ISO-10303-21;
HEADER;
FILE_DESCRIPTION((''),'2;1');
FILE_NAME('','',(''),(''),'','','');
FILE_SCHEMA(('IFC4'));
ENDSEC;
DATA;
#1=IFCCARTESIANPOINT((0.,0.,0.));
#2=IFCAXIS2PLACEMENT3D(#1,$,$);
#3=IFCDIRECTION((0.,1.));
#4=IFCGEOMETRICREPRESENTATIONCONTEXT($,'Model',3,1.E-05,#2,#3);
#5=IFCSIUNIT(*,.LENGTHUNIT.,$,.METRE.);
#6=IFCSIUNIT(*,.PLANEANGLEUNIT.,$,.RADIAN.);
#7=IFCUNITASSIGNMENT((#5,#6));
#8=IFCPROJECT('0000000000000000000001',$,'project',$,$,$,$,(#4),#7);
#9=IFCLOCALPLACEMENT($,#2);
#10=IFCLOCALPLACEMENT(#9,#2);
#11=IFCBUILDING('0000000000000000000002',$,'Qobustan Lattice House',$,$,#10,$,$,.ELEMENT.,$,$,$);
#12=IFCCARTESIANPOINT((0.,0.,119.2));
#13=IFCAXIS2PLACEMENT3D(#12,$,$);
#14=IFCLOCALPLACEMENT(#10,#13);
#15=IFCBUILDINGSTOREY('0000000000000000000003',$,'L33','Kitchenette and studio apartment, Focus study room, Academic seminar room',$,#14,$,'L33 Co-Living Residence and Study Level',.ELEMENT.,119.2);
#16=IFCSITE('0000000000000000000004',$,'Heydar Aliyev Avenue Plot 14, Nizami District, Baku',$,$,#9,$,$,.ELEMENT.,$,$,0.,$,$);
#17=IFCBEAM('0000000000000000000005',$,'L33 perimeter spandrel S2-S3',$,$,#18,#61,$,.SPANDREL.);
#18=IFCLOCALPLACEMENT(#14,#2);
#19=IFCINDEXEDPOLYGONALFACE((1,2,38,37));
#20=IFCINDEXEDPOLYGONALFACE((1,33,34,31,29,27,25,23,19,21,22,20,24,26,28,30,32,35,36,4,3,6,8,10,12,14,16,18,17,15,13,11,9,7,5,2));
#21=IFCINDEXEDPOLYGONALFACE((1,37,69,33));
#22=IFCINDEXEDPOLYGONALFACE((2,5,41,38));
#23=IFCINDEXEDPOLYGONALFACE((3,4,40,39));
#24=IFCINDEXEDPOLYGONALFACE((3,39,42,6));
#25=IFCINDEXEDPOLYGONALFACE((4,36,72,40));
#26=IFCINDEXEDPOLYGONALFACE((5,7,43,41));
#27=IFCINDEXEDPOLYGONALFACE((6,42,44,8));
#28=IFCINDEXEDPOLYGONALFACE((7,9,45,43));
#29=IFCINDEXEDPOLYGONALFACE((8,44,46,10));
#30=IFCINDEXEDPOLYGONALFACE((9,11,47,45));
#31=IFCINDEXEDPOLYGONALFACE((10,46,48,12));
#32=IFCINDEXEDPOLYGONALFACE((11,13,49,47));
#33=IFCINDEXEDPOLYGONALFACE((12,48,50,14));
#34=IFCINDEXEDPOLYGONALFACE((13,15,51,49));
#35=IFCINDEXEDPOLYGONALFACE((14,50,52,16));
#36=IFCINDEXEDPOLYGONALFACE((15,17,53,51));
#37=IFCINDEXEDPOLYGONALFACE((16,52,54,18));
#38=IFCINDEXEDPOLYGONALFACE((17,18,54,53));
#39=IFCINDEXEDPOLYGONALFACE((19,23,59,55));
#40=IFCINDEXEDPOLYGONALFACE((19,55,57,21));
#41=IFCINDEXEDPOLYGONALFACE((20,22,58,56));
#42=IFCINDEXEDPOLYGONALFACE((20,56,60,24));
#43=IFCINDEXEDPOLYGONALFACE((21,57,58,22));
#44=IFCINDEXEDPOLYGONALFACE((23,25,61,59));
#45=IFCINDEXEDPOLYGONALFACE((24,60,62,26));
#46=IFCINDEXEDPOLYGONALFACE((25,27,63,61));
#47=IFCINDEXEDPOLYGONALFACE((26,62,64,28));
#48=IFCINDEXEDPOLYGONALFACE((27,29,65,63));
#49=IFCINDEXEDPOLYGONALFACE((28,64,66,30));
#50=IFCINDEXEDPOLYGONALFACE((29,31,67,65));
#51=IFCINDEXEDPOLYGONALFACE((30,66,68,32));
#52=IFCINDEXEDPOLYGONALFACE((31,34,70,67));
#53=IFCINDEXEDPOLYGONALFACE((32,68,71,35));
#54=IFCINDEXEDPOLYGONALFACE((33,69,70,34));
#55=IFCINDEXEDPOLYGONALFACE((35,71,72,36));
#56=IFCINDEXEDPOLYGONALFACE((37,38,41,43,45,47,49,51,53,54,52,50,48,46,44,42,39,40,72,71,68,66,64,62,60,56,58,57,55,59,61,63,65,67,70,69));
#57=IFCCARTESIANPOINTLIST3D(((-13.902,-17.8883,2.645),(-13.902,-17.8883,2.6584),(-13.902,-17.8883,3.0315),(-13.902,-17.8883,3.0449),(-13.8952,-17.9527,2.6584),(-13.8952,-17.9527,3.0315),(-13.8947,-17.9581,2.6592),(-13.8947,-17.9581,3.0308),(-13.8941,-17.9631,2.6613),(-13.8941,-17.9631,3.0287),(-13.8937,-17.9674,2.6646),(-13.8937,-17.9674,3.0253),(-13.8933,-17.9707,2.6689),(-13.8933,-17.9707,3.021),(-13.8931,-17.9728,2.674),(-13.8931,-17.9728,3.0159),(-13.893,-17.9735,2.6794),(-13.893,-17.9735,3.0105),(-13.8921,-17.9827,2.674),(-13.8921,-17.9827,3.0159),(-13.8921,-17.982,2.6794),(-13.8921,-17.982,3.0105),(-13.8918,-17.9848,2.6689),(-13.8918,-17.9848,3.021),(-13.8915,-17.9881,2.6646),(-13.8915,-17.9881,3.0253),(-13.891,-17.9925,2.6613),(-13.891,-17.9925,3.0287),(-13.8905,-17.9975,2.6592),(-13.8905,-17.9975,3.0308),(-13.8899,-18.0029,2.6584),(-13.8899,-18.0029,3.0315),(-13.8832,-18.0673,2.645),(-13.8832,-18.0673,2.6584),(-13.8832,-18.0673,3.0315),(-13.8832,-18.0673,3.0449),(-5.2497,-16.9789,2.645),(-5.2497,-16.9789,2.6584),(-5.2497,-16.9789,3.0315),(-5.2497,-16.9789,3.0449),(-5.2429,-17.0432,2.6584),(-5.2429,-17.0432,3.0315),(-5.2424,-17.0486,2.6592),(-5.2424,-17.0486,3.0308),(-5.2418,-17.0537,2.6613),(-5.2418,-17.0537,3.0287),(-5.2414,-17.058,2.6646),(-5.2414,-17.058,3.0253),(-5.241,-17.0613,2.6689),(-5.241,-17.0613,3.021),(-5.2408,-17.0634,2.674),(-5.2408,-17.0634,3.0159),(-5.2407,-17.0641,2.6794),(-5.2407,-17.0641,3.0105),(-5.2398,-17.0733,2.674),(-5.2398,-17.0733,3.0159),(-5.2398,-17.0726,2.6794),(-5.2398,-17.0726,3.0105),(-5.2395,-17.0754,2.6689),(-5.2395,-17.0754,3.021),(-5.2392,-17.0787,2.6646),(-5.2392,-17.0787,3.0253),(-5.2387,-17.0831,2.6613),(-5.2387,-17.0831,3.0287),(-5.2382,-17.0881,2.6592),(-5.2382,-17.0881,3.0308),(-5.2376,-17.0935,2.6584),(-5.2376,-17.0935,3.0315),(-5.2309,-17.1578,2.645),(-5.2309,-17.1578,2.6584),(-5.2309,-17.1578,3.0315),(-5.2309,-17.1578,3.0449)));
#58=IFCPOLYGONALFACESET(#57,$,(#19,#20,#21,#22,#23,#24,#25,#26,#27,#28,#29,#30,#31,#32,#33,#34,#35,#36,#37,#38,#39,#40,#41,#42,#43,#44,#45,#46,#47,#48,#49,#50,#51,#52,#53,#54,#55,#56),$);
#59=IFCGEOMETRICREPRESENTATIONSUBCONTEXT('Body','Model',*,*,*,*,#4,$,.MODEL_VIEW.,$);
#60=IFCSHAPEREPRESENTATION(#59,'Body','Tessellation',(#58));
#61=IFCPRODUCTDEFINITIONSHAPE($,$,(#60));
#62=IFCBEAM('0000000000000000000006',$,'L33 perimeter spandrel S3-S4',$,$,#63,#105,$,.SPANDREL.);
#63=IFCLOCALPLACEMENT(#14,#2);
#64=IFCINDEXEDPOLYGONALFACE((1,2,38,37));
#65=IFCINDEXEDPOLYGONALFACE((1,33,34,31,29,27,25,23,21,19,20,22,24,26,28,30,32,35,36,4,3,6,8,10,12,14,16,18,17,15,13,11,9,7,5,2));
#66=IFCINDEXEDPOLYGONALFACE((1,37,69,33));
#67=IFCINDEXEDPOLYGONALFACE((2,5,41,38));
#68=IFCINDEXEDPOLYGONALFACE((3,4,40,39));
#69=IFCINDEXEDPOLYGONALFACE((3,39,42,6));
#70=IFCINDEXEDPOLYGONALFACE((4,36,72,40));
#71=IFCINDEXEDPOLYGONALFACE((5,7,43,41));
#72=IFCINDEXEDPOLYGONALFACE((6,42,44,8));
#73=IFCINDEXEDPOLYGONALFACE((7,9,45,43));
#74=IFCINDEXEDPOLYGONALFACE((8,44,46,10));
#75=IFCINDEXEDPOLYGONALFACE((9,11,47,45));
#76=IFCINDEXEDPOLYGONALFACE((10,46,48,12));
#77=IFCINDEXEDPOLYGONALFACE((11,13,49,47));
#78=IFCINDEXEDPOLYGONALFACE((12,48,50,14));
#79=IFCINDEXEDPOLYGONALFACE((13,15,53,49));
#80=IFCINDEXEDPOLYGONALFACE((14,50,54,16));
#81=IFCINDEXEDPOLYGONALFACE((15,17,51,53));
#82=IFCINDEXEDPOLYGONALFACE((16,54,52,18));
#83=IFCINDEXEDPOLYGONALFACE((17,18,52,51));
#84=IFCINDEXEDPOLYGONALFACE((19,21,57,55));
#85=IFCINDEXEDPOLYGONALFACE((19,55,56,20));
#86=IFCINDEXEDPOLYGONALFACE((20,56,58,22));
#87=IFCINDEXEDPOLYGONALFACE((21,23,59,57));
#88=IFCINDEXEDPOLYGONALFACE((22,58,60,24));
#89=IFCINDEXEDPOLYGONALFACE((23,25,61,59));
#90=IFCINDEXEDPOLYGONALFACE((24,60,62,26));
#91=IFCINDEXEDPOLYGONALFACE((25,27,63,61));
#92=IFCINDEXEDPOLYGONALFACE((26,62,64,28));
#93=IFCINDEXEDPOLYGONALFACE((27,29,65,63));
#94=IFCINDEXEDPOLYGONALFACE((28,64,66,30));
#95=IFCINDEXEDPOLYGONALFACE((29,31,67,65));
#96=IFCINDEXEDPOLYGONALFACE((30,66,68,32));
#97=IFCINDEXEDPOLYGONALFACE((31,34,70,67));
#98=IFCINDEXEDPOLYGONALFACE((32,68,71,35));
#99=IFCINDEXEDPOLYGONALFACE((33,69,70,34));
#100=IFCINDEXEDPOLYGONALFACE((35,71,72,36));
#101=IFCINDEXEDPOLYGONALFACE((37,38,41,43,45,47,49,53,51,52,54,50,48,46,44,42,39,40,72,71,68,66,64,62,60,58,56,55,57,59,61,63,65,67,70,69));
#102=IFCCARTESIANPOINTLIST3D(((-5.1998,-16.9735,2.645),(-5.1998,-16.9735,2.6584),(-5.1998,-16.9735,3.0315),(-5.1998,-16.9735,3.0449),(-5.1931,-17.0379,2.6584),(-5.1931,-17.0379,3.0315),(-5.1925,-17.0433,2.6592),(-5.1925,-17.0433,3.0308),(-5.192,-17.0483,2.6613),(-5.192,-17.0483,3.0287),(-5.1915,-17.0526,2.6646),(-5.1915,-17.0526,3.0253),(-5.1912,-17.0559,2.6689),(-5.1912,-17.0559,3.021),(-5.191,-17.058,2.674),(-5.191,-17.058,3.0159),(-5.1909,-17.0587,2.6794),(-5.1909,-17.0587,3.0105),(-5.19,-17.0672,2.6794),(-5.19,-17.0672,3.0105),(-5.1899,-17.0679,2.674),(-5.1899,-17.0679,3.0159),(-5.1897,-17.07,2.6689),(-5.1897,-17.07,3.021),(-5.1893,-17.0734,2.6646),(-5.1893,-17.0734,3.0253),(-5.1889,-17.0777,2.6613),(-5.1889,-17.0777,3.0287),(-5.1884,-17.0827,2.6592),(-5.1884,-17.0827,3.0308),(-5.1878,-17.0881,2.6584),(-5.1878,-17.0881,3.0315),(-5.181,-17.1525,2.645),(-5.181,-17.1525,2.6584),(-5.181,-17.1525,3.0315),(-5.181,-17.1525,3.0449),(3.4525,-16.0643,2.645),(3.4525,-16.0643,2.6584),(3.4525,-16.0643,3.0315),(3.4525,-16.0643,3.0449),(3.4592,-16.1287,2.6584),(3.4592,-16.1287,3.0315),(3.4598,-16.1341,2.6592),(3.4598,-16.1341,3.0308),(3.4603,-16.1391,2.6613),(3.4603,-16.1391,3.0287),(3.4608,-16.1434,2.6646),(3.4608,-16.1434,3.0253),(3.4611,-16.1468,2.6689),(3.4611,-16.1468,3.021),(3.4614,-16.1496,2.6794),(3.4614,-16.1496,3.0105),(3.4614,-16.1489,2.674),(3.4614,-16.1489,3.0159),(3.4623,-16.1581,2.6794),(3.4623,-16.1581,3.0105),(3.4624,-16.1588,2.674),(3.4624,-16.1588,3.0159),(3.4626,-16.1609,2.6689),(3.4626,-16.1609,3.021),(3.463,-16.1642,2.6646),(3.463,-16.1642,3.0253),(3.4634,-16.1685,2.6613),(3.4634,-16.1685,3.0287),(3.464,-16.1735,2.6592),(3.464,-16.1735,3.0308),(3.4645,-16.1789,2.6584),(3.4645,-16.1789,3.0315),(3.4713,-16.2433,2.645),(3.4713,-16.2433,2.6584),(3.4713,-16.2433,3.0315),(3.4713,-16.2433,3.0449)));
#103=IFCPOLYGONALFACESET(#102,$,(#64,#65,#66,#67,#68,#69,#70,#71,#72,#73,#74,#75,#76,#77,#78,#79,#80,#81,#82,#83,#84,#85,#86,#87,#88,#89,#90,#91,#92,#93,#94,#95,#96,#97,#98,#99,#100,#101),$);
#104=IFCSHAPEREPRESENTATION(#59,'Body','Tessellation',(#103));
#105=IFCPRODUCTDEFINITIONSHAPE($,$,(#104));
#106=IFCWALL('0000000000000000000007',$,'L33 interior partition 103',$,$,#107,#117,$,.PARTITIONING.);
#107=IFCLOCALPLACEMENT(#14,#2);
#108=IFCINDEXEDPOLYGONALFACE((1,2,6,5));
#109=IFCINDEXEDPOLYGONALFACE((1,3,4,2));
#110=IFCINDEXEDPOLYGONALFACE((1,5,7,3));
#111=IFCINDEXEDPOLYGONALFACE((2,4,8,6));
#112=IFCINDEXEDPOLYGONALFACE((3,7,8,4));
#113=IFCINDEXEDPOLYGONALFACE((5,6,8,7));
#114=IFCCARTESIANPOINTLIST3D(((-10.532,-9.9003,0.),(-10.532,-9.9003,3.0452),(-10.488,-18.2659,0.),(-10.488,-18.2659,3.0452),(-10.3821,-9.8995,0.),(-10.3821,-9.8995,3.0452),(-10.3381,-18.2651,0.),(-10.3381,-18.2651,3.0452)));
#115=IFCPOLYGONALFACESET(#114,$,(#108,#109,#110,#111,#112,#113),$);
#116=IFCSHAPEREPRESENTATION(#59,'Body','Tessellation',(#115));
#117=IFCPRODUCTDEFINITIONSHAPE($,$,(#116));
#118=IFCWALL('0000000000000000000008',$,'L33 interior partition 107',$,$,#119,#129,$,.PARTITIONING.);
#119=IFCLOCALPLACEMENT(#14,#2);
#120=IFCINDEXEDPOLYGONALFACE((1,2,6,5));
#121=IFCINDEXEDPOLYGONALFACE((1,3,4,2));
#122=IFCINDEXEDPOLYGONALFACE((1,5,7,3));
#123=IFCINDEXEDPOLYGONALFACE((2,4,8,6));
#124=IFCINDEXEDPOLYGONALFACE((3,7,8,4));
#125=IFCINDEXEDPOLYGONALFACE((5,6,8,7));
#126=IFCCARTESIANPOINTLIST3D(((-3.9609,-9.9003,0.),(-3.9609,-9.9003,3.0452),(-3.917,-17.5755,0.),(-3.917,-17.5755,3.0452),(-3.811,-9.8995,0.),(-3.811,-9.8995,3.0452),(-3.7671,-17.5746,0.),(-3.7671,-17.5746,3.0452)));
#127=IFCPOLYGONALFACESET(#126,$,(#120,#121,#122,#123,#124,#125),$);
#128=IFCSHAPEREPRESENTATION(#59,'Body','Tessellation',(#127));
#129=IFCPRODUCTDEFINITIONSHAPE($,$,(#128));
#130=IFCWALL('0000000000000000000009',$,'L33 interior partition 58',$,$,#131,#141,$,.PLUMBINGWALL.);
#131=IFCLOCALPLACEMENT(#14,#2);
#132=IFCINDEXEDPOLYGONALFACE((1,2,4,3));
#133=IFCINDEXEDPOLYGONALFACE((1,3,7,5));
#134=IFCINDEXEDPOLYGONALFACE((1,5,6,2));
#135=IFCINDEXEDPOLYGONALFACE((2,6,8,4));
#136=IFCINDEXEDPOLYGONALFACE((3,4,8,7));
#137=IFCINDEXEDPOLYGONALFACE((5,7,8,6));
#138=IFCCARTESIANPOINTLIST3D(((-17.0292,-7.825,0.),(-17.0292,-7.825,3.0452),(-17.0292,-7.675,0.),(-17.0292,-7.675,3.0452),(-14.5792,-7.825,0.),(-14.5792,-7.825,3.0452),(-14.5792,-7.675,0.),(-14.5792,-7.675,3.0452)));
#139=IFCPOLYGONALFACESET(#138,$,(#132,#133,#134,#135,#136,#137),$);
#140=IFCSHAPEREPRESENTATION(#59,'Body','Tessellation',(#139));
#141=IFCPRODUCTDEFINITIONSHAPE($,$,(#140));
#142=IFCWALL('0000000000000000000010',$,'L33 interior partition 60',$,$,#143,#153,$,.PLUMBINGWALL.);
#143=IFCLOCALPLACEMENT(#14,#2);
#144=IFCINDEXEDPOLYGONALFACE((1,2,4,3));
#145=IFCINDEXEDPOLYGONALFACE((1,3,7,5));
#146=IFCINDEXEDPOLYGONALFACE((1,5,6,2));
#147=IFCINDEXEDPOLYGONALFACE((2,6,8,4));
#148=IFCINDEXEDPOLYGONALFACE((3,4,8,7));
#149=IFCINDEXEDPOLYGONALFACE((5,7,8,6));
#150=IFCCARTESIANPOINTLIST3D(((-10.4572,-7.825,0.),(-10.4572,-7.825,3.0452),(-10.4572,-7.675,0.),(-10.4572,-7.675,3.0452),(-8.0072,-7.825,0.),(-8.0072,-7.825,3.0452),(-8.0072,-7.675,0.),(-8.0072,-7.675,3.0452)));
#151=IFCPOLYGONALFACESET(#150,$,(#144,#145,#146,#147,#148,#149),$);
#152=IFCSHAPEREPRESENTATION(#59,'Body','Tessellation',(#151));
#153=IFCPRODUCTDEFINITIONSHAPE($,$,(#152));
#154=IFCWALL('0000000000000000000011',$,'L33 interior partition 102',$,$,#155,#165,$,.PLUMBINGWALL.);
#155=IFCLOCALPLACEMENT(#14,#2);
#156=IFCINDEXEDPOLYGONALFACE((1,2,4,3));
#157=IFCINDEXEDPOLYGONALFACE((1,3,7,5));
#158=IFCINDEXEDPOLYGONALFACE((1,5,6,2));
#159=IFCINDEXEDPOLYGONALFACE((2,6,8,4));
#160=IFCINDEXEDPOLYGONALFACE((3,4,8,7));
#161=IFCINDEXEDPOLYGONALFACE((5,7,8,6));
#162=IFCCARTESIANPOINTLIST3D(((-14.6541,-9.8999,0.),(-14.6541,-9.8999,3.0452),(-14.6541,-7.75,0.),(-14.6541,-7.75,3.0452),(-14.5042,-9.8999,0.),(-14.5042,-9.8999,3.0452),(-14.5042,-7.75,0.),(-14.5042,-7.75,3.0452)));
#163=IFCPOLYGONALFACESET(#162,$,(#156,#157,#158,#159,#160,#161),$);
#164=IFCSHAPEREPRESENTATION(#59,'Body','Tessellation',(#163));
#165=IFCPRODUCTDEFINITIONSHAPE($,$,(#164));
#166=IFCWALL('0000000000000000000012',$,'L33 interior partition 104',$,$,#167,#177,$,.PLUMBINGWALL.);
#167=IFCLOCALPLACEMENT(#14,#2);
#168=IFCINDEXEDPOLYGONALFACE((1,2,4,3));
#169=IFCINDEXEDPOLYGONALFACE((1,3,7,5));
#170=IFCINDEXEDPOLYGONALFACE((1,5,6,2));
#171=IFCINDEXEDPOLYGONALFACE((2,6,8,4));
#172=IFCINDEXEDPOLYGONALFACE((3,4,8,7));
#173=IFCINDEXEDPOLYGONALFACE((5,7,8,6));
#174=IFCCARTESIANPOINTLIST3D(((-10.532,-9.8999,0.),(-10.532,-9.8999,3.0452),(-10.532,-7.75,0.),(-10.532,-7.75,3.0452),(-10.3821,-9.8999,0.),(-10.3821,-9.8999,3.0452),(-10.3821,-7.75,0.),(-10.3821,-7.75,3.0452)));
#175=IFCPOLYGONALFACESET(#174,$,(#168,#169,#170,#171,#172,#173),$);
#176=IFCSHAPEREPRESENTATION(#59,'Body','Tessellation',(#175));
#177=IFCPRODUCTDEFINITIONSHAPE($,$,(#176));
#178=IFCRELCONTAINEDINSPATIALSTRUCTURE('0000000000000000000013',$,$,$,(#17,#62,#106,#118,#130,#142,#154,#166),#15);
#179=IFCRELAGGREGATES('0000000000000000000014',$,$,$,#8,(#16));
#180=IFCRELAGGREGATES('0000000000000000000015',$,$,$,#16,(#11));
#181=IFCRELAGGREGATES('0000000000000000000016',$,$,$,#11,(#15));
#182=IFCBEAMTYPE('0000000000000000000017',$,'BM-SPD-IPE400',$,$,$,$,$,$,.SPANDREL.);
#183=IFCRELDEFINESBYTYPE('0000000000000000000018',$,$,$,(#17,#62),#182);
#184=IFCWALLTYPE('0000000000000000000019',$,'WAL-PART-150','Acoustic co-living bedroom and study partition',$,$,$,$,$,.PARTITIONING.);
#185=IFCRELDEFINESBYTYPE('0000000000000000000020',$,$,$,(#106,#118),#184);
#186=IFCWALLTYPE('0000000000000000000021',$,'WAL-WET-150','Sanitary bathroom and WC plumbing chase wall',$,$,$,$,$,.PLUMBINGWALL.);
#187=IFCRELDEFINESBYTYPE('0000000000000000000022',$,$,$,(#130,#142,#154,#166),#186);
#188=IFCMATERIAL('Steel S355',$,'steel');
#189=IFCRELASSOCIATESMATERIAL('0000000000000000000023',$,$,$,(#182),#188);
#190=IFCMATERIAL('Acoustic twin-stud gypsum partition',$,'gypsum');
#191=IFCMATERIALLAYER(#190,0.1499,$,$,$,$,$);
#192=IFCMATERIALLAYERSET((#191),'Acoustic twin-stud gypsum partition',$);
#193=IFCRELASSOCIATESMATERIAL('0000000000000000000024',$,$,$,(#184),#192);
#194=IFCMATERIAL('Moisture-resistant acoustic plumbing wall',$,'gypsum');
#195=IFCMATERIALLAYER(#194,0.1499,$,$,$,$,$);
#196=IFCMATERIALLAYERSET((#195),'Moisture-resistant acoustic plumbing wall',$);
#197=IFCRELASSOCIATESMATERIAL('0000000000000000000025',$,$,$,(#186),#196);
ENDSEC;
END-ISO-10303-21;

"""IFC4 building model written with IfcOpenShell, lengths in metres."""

from ifc_helpers import new_model, si_unit, direction, frame, frame_2d, origin, origin_2d, place, context, subcontext, project, spatial, rectangle, i_section, extrude, material, layer, layer_set, material_profile, profile_set, type_object, element, save


model = new_model("IFC4")

# Units and contexts
model_context = context("Model", 3, precision=1e-05, world=origin(), true_north=direction((0.0, 1.0)))
body_context = subcontext(model_context, "Body", "Model", "MODEL_VIEW")
ifc_project = project(units=[si_unit("LENGTHUNIT", "METRE"), si_unit("PLANEANGLEUNIT", "RADIAN")], contexts=[model_context])

# Site, building, storey
site_placement = place(None, origin())
site = spatial("IfcSite", under=ifc_project, at=site_placement, Name="Heydar Aliyev Avenue Plot 14, Nizami District, Baku", CompositionType="ELEMENT", RefElevation=0.0)
building_placement = place(site_placement, origin())
building = spatial("IfcBuilding", under=site, at=building_placement, Name="Qobustan Lattice House", CompositionType="ELEMENT")
storey_placement = place(building_placement, frame((0.0, 0.0, 119.2)))
storey = spatial("IfcBuildingStorey", under=building, at=storey_placement, Name="L33", Description="Kitchenette and studio apartment, Focus study room, Academic seminar room", LongName="L33 Co-Living Residence and Study Level", CompositionType="ELEMENT", Elevation=119.2)

# Beams
ifc_material_1 = material(Name="Steel S355", Category="steel")
ifc_material_profile_1 = material_profile(ifc_material_1, i_section(OverallWidth=0.1799, OverallDepth=0.3999, WebThickness=0.0085, FlangeThickness=0.0134, FilletRadius=0.021, at=origin_2d()), Name="IPE400")
ifc_profile_set_1 = profile_set([ifc_material_profile_1], Name="Steel S355")
beam_type_1 = type_object("IfcBeamType", Name="BM-SPD-IPE400", PredefinedType="SPANDREL", material=ifc_profile_set_1)
for number, where, z_axis, x_axis, name in (
    (1, (-13.8926, -17.9778, 2.845), (0.994522, 0.104531, 0.0), (-0.104531, 0.994522, 0.0), "L33 perimeter spandrel S2-S3"),
    (2, (-5.1904, -17.063, 2.845), (0.994525, 0.104504, 0.0), (-0.104504, 0.994525, 0.0), "L33 perimeter spandrel S3-S4"),
):
    element("IfcBeam", number, at=place(storey_placement, frame(where, z_axis=z_axis, x_axis=x_axis)), inside=storey, type_object=beam_type_1, Name=name, PredefinedType="SPANDREL", context=body_context, shape_type="SweptSolid", body=[
        extrude(i_section(OverallWidth=0.1799, OverallDepth=0.3999, WebThickness=0.0085, FlangeThickness=0.0134, FilletRadius=0.021, at=origin_2d()), origin(), (0.0, 0.0, 1.0), 8.7),
    ])

# Walls
ifc_material_2 = material(Name="Acoustic twin-stud gypsum partition", Category="gypsum")
ifc_layer_1 = layer(ifc_material_2, 0.1499)
ifc_layer_set_1 = layer_set([ifc_layer_1], Name="Acoustic twin-stud gypsum partition")
wall_type_1 = type_object("IfcWallType", Name="WAL-PART-150", Description="Acoustic co-living bedroom and study partition", PredefinedType="PARTITIONING", material=ifc_layer_set_1)
wall_1_placement = place(storey_placement, frame((-10.457, -9.8999, 0.0), z_axis=(0.0, 0.0, 1.0), x_axis=(0.005253, -0.999986, 0.0)))
element("IfcWall", 3, at=wall_1_placement, inside=storey, type_object=wall_type_1, Name="L33 interior partition 103", PredefinedType="PARTITIONING", context=body_context, shape_type="SweptSolid", body=[
    extrude(rectangle(XDim=8.3657, YDim=0.1499, at=frame_2d((4.1829, 0.0))), origin(), (0.0, 0.0, 1.0), 3.0452),
])
wall_2_placement = place(storey_placement, frame((-3.886, -9.8999, 0.0), z_axis=(0.0, 0.0, 1.0), x_axis=(0.005726, -0.999984, 0.0)))
element("IfcWall", 4, at=wall_2_placement, inside=storey, type_object=wall_type_1, Name="L33 interior partition 107", PredefinedType="PARTITIONING", context=body_context, shape_type="SweptSolid", body=[
    extrude(rectangle(XDim=7.6753, YDim=0.1499, at=frame_2d((3.8376, 0.0))), origin(), (0.0, 0.0, 1.0), 3.0452),
])
ifc_material_3 = material(Name="Moisture-resistant acoustic plumbing wall", Category="gypsum")
ifc_layer_2 = layer(ifc_material_3, 0.1499)
ifc_layer_set_2 = layer_set([ifc_layer_2], Name="Moisture-resistant acoustic plumbing wall")
wall_type_2 = type_object("IfcWallType", Name="WAL-WET-150", Description="Sanitary bathroom and WC plumbing chase wall", PredefinedType="PLUMBINGWALL", material=ifc_layer_set_2)
for number, where, z_axis, x_axis, name in (
    (5, (-14.5791, -7.75, 0.0), (0.0, 0.0, 1.0), (-1.0, 0.0, 0.0), "L33 interior partition 58"),
    (6, (-8.0071, -7.75, 0.0), (0.0, 0.0, 1.0), (-1.0, 0.0, 0.0), "L33 interior partition 60"),
):
    element("IfcWall", number, at=place(storey_placement, frame(where, z_axis=z_axis, x_axis=x_axis)), inside=storey, type_object=wall_type_2, Name=name, PredefinedType="PLUMBINGWALL", context=body_context, shape_type="SweptSolid", body=[
        extrude(rectangle(XDim=2.45, YDim=0.1499, at=frame_2d((1.2251, 0.0))), origin(), (0.0, 0.0, 1.0), 3.0452),
    ])
for number, where, z_axis, x_axis, name in (
    (7, (-14.5791, -9.8999, 0.0), (0.0, 0.0, 1.0), (0.0, 1.0, 0.0), "L33 interior partition 102"),
    (8, (-10.457, -7.75, 0.0), (0.0, 0.0, 1.0), (0.0, -1.0, 0.0), "L33 interior partition 104"),
):
    element("IfcWall", number, at=place(storey_placement, frame(where, z_axis=z_axis, x_axis=x_axis)), inside=storey, type_object=wall_type_2, Name=name, PredefinedType="PLUMBINGWALL", context=body_context, shape_type="SweptSolid", body=[
        extrude(rectangle(XDim=2.1499, YDim=0.1499, at=frame_2d((1.075, 0.0))), origin(), (0.0, 0.0, 1.0), 3.0452),
    ])

save(model, "model.ifc")
